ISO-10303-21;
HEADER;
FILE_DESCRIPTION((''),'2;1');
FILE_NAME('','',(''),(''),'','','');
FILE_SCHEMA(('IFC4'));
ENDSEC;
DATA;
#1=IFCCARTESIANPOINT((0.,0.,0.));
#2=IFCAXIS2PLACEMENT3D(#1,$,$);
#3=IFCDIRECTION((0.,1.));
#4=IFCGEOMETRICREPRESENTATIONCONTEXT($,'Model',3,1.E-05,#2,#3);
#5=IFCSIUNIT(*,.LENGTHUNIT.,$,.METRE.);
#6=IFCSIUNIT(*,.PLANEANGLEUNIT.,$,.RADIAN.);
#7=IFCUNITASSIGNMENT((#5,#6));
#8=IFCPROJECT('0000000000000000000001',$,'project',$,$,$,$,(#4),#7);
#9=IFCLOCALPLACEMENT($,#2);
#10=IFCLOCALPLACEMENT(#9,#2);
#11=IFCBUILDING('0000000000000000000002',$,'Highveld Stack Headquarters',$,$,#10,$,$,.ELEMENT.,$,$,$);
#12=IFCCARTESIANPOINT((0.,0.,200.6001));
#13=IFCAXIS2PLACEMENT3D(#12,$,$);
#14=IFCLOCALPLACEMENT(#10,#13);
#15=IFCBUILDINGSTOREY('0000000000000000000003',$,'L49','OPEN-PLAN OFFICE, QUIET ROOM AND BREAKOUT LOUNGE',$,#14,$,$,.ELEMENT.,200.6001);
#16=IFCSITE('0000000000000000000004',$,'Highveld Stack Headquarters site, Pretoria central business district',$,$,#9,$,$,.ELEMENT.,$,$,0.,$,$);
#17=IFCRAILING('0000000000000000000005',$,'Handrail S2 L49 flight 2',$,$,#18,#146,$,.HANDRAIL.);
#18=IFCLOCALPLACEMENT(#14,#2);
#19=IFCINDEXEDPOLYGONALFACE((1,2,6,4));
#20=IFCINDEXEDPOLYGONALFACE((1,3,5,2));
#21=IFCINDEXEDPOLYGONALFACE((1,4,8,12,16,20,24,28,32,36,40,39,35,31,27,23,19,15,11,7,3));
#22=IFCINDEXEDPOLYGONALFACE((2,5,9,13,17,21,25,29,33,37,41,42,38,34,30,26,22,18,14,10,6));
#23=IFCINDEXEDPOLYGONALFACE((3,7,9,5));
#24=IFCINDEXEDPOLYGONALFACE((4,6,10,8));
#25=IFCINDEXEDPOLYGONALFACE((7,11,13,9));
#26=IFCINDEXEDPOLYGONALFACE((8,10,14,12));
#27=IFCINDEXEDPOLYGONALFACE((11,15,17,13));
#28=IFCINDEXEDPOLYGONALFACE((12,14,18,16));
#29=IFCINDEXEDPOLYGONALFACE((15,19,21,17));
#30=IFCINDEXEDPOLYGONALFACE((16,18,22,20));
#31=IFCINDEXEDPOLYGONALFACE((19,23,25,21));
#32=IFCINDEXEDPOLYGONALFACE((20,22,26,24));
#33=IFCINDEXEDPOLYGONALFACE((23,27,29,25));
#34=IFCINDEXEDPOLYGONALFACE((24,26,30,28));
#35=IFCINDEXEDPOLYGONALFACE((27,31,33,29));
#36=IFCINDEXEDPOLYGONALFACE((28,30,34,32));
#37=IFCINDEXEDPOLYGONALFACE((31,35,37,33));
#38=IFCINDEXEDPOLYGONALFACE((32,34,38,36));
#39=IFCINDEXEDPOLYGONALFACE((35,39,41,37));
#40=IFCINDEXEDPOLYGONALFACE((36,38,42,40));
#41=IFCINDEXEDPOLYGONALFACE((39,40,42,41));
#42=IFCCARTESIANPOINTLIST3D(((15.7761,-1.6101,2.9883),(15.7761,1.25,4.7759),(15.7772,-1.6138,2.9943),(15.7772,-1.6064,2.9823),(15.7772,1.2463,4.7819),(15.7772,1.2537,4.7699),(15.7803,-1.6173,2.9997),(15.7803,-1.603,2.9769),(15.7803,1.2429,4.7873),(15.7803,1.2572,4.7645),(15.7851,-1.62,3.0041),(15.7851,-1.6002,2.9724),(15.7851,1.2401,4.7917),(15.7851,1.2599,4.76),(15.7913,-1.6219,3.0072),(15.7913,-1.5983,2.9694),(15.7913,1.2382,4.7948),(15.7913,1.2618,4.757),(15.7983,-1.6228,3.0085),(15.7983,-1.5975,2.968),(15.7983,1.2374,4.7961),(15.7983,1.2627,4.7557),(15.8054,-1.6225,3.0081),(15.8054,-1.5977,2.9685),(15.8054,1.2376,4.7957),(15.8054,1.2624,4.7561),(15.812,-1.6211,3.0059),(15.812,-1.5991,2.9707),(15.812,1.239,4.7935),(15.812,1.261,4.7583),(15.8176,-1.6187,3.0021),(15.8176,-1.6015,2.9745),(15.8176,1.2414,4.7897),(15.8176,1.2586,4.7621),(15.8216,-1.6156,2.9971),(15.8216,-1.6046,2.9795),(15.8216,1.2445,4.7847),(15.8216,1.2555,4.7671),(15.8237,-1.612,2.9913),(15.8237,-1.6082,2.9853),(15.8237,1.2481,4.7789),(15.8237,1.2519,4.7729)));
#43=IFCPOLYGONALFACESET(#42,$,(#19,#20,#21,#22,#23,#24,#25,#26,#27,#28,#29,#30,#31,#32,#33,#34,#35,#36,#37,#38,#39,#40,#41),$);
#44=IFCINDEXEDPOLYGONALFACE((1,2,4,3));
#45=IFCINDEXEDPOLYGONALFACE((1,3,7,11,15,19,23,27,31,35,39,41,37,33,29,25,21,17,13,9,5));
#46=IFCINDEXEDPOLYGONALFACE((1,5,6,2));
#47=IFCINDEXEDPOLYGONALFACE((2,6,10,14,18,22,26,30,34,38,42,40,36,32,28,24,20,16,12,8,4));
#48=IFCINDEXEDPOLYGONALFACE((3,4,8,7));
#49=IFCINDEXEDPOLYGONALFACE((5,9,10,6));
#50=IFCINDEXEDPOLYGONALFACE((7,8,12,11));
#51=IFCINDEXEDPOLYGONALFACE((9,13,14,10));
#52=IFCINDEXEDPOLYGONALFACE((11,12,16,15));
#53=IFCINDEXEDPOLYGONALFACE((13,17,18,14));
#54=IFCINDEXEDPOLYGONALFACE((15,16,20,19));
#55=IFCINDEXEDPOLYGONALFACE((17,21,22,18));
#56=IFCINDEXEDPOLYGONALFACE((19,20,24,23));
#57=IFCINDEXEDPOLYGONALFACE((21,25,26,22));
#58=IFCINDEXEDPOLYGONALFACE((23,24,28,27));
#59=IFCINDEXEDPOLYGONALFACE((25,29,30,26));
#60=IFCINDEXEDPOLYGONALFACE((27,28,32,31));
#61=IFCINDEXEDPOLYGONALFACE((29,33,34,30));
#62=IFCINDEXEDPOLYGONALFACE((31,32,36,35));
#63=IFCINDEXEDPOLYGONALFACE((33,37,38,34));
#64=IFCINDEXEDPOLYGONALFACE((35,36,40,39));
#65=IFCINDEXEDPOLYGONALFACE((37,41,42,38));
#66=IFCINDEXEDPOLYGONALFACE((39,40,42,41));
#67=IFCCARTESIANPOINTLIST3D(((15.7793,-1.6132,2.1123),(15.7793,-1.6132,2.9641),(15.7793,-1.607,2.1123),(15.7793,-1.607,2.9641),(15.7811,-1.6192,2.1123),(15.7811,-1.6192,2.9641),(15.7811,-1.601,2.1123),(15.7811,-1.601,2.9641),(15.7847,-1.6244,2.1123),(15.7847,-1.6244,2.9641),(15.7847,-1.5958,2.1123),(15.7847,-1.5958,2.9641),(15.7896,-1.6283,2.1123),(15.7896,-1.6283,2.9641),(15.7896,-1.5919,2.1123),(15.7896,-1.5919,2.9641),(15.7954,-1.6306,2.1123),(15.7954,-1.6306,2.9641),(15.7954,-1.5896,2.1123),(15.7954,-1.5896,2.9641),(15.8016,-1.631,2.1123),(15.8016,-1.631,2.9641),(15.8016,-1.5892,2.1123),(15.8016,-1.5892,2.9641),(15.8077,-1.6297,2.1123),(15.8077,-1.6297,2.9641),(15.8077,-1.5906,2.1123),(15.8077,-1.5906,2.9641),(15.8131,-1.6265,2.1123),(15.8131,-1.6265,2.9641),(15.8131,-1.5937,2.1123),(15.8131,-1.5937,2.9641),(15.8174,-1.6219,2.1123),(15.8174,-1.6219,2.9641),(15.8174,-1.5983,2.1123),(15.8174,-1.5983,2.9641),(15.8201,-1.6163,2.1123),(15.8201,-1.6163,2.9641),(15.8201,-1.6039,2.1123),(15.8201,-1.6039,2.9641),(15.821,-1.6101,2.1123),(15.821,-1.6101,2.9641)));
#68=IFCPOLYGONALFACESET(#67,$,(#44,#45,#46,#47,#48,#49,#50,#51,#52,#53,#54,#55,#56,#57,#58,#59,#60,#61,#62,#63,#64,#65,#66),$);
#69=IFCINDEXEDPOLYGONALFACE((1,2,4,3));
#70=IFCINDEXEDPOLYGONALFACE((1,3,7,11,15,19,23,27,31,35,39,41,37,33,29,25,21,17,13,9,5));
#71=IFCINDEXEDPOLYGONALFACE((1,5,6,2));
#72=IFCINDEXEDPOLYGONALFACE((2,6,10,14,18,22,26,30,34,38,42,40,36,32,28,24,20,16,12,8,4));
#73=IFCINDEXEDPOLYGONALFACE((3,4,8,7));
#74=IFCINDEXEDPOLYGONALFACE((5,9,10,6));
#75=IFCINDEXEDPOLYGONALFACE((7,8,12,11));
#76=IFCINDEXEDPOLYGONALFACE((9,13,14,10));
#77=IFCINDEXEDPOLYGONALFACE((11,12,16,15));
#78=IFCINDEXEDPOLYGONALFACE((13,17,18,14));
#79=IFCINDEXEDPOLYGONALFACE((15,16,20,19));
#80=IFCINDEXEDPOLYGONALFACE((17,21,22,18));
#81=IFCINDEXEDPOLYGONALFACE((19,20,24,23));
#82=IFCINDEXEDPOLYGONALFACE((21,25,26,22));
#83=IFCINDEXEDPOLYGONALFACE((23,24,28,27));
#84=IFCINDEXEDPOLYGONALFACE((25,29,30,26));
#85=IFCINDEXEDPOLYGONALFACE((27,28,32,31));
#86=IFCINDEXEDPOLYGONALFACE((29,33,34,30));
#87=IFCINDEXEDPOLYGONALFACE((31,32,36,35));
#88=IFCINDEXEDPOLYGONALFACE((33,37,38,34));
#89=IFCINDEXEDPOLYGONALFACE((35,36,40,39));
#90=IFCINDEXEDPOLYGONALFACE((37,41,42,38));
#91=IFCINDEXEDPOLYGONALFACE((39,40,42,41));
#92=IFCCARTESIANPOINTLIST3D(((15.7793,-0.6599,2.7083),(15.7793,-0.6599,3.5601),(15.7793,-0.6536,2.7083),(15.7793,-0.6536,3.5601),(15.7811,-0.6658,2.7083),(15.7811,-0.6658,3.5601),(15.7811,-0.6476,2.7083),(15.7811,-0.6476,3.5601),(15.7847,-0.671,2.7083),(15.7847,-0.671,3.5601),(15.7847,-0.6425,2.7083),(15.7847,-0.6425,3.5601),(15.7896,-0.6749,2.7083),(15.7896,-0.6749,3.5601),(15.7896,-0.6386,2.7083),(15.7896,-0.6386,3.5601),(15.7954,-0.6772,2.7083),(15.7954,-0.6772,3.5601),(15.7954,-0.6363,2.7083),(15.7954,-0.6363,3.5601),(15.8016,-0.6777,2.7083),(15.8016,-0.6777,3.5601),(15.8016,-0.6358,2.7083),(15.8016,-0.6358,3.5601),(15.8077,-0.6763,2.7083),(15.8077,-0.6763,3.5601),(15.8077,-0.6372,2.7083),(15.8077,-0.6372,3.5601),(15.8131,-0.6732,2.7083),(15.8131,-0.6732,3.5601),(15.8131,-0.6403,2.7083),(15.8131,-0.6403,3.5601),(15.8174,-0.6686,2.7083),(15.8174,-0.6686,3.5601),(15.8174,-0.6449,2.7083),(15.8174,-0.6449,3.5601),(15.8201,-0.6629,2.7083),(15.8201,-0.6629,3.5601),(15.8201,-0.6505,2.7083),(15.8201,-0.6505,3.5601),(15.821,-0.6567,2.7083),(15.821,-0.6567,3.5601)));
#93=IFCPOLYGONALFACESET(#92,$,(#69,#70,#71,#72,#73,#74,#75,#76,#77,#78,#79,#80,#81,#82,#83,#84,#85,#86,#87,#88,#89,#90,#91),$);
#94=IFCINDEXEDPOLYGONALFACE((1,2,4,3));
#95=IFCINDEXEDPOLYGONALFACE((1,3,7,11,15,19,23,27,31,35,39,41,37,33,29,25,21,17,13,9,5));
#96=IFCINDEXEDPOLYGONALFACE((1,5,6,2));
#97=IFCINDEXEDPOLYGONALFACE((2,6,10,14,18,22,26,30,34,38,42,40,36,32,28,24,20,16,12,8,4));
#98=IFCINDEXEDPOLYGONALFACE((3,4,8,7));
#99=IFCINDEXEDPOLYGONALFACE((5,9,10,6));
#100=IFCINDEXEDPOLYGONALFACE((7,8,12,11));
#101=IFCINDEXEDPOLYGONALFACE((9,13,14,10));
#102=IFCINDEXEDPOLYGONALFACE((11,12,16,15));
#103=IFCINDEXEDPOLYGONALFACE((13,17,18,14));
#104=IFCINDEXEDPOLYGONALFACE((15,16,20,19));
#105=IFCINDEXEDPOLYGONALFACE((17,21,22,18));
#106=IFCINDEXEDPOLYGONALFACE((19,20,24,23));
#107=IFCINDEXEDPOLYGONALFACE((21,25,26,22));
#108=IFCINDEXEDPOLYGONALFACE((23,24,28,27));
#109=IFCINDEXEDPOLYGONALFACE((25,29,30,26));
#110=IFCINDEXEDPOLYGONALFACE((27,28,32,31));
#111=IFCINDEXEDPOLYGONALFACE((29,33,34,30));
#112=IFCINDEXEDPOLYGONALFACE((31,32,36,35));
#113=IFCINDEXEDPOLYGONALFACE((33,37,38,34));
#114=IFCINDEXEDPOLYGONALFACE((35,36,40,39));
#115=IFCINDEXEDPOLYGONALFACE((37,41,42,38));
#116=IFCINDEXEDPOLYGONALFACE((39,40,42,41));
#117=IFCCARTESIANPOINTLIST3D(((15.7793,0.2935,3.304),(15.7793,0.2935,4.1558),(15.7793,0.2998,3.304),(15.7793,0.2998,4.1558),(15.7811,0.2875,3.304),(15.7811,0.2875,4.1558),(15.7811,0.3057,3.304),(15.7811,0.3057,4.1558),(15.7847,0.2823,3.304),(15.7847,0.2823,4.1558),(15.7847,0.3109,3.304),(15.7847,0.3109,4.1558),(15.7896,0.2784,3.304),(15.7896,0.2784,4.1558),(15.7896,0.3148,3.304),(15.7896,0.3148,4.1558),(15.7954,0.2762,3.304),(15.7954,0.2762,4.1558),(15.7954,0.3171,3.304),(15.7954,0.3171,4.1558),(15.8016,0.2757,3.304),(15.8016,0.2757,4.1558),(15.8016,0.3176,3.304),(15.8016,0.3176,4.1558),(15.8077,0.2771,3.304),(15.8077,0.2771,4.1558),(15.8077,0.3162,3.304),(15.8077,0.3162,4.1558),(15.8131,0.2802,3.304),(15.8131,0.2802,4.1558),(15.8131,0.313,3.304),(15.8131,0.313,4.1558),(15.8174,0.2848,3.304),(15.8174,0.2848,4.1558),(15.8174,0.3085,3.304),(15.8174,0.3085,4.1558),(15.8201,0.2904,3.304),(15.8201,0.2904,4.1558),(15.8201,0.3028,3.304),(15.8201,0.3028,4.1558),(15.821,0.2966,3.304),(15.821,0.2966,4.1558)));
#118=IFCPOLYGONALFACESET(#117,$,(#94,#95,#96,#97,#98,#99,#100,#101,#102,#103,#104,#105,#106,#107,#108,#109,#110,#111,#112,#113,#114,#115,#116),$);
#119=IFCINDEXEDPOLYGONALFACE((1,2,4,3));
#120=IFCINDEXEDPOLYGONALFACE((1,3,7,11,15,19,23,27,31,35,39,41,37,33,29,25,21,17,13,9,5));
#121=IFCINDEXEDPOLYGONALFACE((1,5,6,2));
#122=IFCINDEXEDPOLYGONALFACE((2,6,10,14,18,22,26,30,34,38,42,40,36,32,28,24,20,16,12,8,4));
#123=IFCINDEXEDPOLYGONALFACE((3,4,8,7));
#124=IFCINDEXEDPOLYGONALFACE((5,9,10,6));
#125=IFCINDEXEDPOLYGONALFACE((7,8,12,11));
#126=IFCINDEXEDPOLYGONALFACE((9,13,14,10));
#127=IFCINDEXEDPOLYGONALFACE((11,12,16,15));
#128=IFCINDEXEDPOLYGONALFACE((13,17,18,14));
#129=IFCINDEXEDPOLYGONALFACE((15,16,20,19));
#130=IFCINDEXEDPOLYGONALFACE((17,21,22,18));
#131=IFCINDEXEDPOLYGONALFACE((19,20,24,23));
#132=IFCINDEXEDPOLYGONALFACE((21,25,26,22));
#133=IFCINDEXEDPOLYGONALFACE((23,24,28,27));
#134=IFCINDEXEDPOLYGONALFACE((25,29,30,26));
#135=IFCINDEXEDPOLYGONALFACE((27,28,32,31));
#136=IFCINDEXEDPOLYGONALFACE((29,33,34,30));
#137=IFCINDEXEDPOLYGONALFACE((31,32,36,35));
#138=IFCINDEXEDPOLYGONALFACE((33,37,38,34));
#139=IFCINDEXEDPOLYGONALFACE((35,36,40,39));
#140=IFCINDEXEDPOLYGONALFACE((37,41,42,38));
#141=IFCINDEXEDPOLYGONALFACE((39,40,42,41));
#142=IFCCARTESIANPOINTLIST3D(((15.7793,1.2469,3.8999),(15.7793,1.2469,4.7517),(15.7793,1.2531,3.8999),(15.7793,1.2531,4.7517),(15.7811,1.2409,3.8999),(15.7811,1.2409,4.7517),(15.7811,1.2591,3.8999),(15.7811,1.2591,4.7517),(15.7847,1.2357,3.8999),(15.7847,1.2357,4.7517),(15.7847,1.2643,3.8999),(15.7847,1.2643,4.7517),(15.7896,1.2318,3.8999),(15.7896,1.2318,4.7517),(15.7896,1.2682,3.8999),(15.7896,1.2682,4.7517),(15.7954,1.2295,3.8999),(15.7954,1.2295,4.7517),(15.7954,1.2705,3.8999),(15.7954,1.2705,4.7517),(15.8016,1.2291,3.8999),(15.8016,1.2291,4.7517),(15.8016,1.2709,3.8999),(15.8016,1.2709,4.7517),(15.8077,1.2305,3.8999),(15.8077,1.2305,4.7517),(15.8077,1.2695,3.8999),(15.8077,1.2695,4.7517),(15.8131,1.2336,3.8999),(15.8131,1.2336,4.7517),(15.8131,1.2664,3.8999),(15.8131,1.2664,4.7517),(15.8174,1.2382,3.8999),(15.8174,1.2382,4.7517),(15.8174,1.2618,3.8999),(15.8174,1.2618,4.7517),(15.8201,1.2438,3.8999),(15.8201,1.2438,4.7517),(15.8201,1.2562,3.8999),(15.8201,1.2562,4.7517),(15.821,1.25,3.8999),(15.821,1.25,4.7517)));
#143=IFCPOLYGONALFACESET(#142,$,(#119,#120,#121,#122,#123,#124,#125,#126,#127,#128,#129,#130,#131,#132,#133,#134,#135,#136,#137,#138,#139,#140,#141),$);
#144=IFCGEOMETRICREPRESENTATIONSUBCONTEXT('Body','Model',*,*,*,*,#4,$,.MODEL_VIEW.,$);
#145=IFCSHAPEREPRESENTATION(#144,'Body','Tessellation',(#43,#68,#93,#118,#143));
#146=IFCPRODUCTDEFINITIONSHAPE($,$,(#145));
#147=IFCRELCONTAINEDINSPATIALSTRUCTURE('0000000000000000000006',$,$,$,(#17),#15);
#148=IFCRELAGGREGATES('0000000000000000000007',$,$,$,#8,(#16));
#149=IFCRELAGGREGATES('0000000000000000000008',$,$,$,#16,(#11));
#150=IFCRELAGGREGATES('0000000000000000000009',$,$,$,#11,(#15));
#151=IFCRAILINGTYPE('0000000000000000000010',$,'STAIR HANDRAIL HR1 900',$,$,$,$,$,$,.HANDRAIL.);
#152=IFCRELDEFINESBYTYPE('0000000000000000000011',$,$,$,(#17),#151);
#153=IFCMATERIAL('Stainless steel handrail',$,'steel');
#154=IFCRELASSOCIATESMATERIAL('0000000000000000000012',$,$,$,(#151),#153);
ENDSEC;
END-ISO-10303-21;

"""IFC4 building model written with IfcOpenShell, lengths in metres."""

from ifc_helpers import new_model, si_unit, direction, frame, origin, origin_2d, place, context, subcontext, project, spatial, circle, extrude, material, type_object, element, save


model = new_model("IFC4")

# Units and contexts
model_context = context("Model", 3, precision=1e-05, world=origin(), true_north=direction((0.0, 1.0)))
body_context = subcontext(model_context, "Body", "Model", "MODEL_VIEW")
ifc_project = project(units=[si_unit("LENGTHUNIT", "METRE"), si_unit("PLANEANGLEUNIT", "RADIAN")], contexts=[model_context])

# Site, building, storey
site_placement = place(None, origin())
site = spatial("IfcSite", under=ifc_project, at=site_placement, Name="Highveld Stack Headquarters site, Pretoria central business district", CompositionType="ELEMENT", RefElevation=0.0)
building_placement = place(site_placement, origin())
building = spatial("IfcBuilding", under=site, at=building_placement, Name="Highveld Stack Headquarters", CompositionType="ELEMENT")
storey_placement = place(building_placement, frame((0.0, 0.0, 200.6001)))
storey = spatial("IfcBuildingStorey", under=building, at=storey_placement, Name="L49", Description="OPEN-PLAN OFFICE, QUIET ROOM AND BREAKOUT LOUNGE", CompositionType="ELEMENT", Elevation=200.6001)

# Railing
ifc_material_1 = material(Name="Stainless steel handrail", Category="steel")
railing_type = type_object("IfcRailingType", Name="STAIR HANDRAIL HR1 900", PredefinedType="HANDRAIL", material=ifc_material_1)
railing_placement = place(storey_placement, frame((15.8, -1.6101, 2.1123)))
element("IfcRailing", 1, at=railing_placement, inside=storey, type_object=railing_type, Name="Handrail S2 L49 flight 2", PredefinedType="HANDRAIL", context=body_context, shape_type="SweptSolid", body=[
    extrude(circle(Radius=0.0239, at=origin_2d()), frame((0.0, 0.0, 0.876), z_axis=(0.0, 0.847994, 0.530005), x_axis=(-1.0, 0.0, 0.0)), (0.0, 0.0, 1.0), 3.3728),
    extrude(circle(Radius=0.021, at=origin_2d()), origin(), (0.0, 0.0, 1.0), 0.8518),
    extrude(circle(Radius=0.021, at=origin_2d()), frame((0.0, 0.9534, 0.5959)), (0.0, 0.0, 1.0), 0.8518),
    extrude(circle(Radius=0.021, at=origin_2d()), frame((0.0, 1.9067, 1.1917)), (0.0, 0.0, 1.0), 0.8518),
    extrude(circle(Radius=0.021, at=origin_2d()), frame((0.0, 2.8601, 1.7876)), (0.0, 0.0, 1.0), 0.8518),
])

save(model, "model.ifc")
